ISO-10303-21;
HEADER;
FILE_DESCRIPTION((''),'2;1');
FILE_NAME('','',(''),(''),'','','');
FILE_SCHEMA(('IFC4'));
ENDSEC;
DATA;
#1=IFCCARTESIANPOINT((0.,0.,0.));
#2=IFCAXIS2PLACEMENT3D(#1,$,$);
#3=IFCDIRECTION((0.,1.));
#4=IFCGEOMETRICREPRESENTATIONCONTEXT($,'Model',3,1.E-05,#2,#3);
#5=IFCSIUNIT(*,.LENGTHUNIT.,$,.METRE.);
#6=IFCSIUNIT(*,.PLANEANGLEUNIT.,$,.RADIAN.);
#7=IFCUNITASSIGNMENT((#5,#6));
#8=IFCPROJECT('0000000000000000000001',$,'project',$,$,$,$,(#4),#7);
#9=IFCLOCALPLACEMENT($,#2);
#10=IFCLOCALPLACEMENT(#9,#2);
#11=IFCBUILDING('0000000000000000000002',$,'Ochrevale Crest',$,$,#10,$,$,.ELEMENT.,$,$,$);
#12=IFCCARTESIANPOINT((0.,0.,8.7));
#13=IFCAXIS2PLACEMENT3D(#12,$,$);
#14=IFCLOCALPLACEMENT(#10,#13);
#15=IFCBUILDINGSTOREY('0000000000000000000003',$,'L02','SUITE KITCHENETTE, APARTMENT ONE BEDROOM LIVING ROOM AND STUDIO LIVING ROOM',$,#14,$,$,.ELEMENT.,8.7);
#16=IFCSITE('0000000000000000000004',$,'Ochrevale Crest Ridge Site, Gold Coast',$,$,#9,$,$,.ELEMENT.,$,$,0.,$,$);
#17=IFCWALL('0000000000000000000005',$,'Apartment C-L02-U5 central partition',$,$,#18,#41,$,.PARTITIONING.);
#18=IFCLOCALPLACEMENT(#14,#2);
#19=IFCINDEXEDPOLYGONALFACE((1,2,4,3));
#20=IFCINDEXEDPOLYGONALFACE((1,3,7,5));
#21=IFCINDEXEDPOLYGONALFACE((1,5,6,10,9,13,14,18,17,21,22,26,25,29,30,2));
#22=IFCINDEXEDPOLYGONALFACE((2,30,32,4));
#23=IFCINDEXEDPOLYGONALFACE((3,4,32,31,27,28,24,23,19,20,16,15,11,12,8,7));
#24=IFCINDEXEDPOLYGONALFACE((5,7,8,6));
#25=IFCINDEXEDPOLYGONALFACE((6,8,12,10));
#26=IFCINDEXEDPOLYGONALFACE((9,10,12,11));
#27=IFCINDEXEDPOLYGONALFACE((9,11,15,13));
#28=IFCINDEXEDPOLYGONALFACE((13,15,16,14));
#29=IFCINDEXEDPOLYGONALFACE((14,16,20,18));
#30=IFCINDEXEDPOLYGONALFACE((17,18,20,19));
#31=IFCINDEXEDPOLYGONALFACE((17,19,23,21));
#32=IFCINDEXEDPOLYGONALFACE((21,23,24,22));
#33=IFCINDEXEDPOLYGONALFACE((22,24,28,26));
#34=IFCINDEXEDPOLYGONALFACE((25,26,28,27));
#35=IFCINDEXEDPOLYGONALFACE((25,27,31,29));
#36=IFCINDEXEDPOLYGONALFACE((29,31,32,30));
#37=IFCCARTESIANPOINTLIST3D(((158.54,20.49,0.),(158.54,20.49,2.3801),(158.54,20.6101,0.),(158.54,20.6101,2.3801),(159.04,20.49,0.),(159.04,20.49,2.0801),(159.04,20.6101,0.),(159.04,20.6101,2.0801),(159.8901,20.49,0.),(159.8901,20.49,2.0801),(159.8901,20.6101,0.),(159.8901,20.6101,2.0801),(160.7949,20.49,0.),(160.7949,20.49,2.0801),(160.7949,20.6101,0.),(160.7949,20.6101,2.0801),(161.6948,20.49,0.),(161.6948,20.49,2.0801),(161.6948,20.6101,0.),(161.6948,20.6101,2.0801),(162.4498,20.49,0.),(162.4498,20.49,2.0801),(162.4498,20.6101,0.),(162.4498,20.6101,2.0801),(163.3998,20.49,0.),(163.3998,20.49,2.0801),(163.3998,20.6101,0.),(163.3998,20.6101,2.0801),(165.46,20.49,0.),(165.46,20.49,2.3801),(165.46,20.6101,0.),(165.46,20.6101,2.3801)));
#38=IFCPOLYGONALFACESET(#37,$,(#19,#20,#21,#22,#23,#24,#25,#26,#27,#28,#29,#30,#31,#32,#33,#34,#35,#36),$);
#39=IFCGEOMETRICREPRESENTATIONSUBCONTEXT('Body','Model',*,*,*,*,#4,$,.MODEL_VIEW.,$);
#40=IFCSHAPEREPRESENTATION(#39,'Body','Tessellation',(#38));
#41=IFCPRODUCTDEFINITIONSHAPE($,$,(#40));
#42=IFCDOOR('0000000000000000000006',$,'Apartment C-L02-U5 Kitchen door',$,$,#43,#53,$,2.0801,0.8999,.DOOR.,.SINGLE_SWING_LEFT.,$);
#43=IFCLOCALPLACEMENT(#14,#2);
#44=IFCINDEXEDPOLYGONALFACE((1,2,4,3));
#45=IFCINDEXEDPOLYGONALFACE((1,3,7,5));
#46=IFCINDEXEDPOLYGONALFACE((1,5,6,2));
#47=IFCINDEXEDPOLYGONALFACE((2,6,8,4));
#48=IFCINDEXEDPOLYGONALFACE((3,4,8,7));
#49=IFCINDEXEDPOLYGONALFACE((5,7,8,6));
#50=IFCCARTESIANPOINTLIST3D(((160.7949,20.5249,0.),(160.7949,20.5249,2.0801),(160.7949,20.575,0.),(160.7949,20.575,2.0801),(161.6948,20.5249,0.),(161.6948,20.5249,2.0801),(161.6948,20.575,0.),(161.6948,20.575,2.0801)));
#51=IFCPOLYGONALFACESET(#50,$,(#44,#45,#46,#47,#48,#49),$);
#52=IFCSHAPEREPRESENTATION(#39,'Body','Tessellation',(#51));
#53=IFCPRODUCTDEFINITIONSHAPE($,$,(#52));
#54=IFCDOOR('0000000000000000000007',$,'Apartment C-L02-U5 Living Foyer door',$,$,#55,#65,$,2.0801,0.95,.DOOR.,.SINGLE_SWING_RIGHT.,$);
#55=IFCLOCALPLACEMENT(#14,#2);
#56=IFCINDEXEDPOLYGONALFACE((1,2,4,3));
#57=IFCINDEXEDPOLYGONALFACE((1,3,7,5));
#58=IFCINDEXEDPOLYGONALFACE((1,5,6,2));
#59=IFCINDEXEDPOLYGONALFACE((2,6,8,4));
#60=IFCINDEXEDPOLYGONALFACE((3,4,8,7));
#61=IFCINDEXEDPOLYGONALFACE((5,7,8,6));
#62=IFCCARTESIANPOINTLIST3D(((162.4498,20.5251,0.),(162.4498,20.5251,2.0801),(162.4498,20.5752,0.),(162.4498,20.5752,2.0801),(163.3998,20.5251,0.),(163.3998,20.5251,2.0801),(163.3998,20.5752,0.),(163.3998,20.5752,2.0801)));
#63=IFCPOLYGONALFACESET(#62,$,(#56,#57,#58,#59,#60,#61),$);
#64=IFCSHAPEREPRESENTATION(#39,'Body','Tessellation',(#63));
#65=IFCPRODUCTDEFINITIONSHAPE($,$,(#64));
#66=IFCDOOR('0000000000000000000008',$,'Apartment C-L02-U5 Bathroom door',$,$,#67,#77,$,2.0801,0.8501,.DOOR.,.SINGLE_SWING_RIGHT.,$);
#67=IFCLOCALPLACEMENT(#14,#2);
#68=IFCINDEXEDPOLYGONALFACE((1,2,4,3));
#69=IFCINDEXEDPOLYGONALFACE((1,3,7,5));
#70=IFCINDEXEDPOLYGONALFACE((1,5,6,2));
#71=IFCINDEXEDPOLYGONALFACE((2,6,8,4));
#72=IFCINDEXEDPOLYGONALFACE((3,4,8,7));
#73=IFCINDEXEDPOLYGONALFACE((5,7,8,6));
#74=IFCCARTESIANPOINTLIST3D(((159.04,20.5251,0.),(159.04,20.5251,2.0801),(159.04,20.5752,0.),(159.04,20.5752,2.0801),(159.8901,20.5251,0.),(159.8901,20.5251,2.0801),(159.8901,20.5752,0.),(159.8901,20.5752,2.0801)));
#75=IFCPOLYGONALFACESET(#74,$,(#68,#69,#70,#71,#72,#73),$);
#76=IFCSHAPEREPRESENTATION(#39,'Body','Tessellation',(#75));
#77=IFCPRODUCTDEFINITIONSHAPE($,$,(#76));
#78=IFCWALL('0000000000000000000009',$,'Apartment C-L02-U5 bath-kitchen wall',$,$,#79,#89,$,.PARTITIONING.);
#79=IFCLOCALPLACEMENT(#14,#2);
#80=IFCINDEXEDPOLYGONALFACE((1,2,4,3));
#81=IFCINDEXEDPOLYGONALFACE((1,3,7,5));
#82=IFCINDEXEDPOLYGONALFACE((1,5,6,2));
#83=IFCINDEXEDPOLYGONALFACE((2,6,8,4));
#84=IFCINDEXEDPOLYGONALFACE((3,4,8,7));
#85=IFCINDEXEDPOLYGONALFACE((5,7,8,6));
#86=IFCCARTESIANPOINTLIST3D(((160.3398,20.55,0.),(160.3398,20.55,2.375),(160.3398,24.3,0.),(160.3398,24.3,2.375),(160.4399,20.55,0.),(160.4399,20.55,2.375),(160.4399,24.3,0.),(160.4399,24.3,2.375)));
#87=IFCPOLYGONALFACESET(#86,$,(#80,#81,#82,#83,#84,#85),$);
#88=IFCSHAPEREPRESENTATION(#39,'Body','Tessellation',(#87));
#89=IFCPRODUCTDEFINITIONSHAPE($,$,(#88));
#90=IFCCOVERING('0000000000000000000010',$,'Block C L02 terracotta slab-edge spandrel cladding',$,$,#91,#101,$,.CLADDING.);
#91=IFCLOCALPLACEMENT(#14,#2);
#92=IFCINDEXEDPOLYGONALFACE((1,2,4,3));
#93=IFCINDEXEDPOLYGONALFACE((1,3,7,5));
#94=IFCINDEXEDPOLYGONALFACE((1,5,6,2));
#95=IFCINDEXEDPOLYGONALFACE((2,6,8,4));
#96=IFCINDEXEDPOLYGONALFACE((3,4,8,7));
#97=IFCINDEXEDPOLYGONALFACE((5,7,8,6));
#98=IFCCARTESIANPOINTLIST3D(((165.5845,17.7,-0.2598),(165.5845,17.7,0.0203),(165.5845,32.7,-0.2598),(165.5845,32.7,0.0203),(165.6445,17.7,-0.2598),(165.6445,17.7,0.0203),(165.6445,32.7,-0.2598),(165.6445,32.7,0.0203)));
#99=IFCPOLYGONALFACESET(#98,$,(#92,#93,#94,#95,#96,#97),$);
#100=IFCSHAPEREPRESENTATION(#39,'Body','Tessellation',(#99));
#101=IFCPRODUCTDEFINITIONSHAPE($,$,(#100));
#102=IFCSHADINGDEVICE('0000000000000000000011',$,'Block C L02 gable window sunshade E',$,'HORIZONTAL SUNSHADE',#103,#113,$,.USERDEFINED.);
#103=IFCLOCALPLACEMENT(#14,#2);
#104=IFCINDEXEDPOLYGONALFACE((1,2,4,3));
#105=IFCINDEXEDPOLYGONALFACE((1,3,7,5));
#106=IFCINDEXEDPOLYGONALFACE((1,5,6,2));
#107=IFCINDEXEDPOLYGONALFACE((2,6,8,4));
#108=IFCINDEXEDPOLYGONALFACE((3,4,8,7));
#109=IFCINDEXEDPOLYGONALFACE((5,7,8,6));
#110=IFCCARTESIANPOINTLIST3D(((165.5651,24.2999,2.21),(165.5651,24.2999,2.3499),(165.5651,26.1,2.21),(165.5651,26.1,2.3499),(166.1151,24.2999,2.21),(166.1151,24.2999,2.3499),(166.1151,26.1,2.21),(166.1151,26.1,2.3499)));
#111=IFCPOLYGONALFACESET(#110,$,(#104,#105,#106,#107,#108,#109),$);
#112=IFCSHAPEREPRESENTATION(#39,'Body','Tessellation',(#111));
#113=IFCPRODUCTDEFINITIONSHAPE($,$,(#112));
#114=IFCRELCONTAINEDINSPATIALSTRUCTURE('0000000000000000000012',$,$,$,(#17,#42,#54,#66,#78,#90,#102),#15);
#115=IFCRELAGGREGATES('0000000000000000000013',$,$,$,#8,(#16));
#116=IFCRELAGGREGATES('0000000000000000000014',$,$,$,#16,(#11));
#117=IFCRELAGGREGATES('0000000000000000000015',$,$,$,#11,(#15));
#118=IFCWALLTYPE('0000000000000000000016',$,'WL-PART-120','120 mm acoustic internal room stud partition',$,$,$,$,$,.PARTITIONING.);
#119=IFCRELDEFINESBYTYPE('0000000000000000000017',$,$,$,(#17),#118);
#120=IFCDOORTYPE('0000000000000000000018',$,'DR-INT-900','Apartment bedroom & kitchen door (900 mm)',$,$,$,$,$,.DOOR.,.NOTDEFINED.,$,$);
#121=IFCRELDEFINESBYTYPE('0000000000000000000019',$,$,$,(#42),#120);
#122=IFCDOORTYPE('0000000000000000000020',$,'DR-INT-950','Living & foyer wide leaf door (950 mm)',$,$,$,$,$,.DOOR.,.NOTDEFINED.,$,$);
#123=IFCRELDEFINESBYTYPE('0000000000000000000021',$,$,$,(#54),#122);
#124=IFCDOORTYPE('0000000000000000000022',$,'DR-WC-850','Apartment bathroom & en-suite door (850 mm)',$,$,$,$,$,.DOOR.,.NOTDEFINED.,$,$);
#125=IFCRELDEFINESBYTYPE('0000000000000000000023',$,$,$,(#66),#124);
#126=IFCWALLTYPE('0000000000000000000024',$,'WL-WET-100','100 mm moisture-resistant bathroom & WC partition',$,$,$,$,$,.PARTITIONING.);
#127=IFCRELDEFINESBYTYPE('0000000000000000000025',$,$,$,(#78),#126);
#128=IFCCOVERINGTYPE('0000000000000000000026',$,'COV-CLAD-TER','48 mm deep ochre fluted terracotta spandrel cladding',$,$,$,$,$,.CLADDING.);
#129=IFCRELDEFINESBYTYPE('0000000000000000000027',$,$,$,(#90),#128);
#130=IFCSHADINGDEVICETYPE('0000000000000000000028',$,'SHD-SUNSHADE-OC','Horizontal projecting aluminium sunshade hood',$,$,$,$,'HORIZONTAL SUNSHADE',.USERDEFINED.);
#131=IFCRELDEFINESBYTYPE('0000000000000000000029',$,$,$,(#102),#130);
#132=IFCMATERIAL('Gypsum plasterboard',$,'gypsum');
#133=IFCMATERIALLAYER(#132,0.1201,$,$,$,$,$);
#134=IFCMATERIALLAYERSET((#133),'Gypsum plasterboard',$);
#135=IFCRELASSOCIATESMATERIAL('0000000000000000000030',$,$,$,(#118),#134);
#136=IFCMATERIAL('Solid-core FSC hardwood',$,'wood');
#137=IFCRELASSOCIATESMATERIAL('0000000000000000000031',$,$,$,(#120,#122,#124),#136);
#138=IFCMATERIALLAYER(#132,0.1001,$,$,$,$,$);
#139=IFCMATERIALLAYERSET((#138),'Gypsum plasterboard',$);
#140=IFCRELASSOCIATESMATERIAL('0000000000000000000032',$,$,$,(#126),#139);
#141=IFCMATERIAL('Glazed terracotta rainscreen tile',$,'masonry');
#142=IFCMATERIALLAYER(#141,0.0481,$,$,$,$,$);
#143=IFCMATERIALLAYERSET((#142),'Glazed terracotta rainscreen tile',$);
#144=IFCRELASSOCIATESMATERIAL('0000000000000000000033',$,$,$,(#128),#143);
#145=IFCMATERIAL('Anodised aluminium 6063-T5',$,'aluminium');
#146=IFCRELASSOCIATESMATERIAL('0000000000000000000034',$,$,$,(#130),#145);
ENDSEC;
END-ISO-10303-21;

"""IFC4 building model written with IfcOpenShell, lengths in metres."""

from ifc_helpers import new_model, si_unit, direction, frame, frame_2d, origin, origin_2d, place, context, subcontext, project, spatial, rectangle, extrude, material, layer, layer_set, type_object, element, fill, save


model = new_model("IFC4")

# Units and contexts
model_context = context("Model", 3, precision=1e-05, world=origin(), true_north=direction((0.0, 1.0)))
body_context = subcontext(model_context, "Body", "Model", "MODEL_VIEW")
ifc_project = project(units=[si_unit("LENGTHUNIT", "METRE"), si_unit("PLANEANGLEUNIT", "RADIAN")], contexts=[model_context])

# Site, building, storey
site_placement = place(None, origin())
site = spatial("IfcSite", under=ifc_project, at=site_placement, Name="Ochrevale Crest Ridge Site, Gold Coast", CompositionType="ELEMENT", RefElevation=0.0)
building_placement = place(site_placement, origin())
building = spatial("IfcBuilding", under=site, at=building_placement, Name="Ochrevale Crest", CompositionType="ELEMENT")
storey_placement = place(building_placement, frame((0.0, 0.0, 8.7)))
storey = spatial("IfcBuildingStorey", under=building, at=storey_placement, Name="L02", Description="SUITE KITCHENETTE, APARTMENT ONE BEDROOM LIVING ROOM AND STUDIO LIVING ROOM", CompositionType="ELEMENT", Elevation=8.7)

# Shared definitions
ifc_material_1 = material(Name="Anodised aluminium 6063-T5", Category="aluminium")

# Shared definitions
ifc_material_2 = material(Name="Gypsum plasterboard", Category="gypsum")
ifc_material_3 = material(Name="Solid-core FSC hardwood", Category="wood")

# Shared definitions
ifc_layer_1 = layer(ifc_material_2, 0.1201)
ifc_layer_set_1 = layer_set([ifc_layer_1], Name="Gypsum plasterboard")
wall_type_1 = type_object("IfcWallType", Name="WL-PART-120", Description="120 mm acoustic internal room stud partition", PredefinedType="PARTITIONING", material=ifc_layer_set_1)

# Wall, openings, doors
wall_1_placement = place(storey_placement, frame((158.54, 20.55, 0.0), z_axis=(0.0, 0.0, 1.0), x_axis=(1.0, 0.0, 0.0)))
wall_1 = element("IfcWall", 1, at=wall_1_placement, inside=storey, type_object=wall_type_1, Name="Apartment C-L02-U5 central partition", PredefinedType="PARTITIONING", context=body_context, shape_type="SweptSolid", body=[
    extrude(rectangle(XDim=6.9199, YDim=0.1201, at=frame_2d((3.46, 0.0))), origin(), (0.0, 0.0, 1.0), 2.3801),
])
opening_1_placement = place(wall_1_placement, frame((1.3501, 0.0, 0.0), z_axis=(0.0, 0.0, 1.0), x_axis=(-1.0, 0.0, 0.0)))
opening_1 = element("IfcOpeningElement", 2, at=opening_1_placement, cuts=wall_1, PredefinedType="OPENING", context=body_context, shape_type="SweptSolid", body=[
    extrude(rectangle(XDim=0.8501, YDim=2.0801, at=frame_2d((0.425, 1.04))), frame((0.0, 0.0701, 0.0), z_axis=(0.0, -1.0, 0.0), x_axis=(1.0, 0.0, 0.0)), (0.0, 0.0, 1.0), 0.1401),
])
opening_2_placement = place(wall_1_placement, frame((2.2549, 0.0, 0.0)))
opening_2 = element("IfcOpeningElement", 3, at=opening_2_placement, cuts=wall_1, PredefinedType="OPENING", context=body_context, shape_type="SweptSolid", body=[
    extrude(rectangle(XDim=0.8999, YDim=2.0801, at=frame_2d((0.45, 1.04))), frame((0.0, 0.0701, 0.0), z_axis=(0.0, -1.0, 0.0), x_axis=(1.0, 0.0, 0.0)), (0.0, 0.0, 1.0), 0.1401),
])
opening_3_placement = place(wall_1_placement, frame((4.8599, 0.0, 0.0), z_axis=(0.0, 0.0, 1.0), x_axis=(-1.0, 0.0, 0.0)))
opening_3 = element("IfcOpeningElement", 4, at=opening_3_placement, cuts=wall_1, PredefinedType="OPENING", context=body_context, shape_type="SweptSolid", body=[
    extrude(rectangle(XDim=0.95, YDim=2.0801, at=frame_2d((0.4751, 1.04))), frame((0.0, 0.0701, 0.0), z_axis=(0.0, -1.0, 0.0), x_axis=(1.0, 0.0, 0.0)), (0.0, 0.0, 1.0), 0.1401),
])
door_type_1 = type_object("IfcDoorType", Name="DR-INT-900", Description="Apartment bedroom & kitchen door (900 mm)", OperationType="NOTDEFINED", PredefinedType="DOOR", material=ifc_material_3)
door_1_placement = place(opening_2_placement, origin())
door_1 = element("IfcDoor", 5, at=door_1_placement, inside=storey, type_object=door_type_1, Name="Apartment C-L02-U5 Kitchen door", OperationType="SINGLE_SWING_LEFT", OverallHeight=2.0801, OverallWidth=0.8999, PredefinedType="DOOR", context=body_context, shape_type="SweptSolid", body=[
    extrude(rectangle(XDim=0.8999, YDim=2.0801, at=frame_2d((0.45, 1.04))), frame((0.0, 0.0249, 0.0), z_axis=(0.0, -1.0, 0.0), x_axis=(1.0, 0.0, 0.0)), (0.0, 0.0, 1.0), 0.05),
])
fill(opening_2, door_1)
door_type_2 = type_object("IfcDoorType", Name="DR-INT-950", Description="Living & foyer wide leaf door (950 mm)", OperationType="NOTDEFINED", PredefinedType="DOOR", material=ifc_material_3)
door_2_placement = place(opening_3_placement, origin())
door_2 = element("IfcDoor", 6, at=door_2_placement, inside=storey, type_object=door_type_2, Name="Apartment C-L02-U5 Living Foyer door", OperationType="SINGLE_SWING_RIGHT", OverallHeight=2.0801, OverallWidth=0.95, PredefinedType="DOOR", context=body_context, shape_type="SweptSolid", body=[
    extrude(rectangle(XDim=0.95, YDim=2.0801, at=frame_2d((0.4751, 1.04))), frame((0.0, 0.0249, 0.0), z_axis=(0.0, -1.0, 0.0), x_axis=(1.0, 0.0, 0.0)), (0.0, 0.0, 1.0), 0.05),
])
fill(opening_3, door_2)
door_type_3 = type_object("IfcDoorType", Name="DR-WC-850", Description="Apartment bathroom & en-suite door (850 mm)", OperationType="NOTDEFINED", PredefinedType="DOOR", material=ifc_material_3)
door_3_placement = place(opening_1_placement, origin())
door_3 = element("IfcDoor", 7, at=door_3_placement, inside=storey, type_object=door_type_3, Name="Apartment C-L02-U5 Bathroom door", OperationType="SINGLE_SWING_RIGHT", OverallHeight=2.0801, OverallWidth=0.8501, PredefinedType="DOOR", context=body_context, shape_type="SweptSolid", body=[
    extrude(rectangle(XDim=0.8501, YDim=2.0801, at=frame_2d((0.425, 1.04))), frame((0.0, 0.0249, 0.0), z_axis=(0.0, -1.0, 0.0), x_axis=(1.0, 0.0, 0.0)), (0.0, 0.0, 1.0), 0.05),
])
fill(opening_1, door_3)

# Wall
ifc_layer_2 = layer(ifc_material_2, 0.1001)
ifc_layer_set_2 = layer_set([ifc_layer_2], Name="Gypsum plasterboard")
wall_type_2 = type_object("IfcWallType", Name="WL-WET-100", Description="100 mm moisture-resistant bathroom & WC partition", PredefinedType="PARTITIONING", material=ifc_layer_set_2)
wall_2_placement = place(storey_placement, frame((160.3899, 20.55, 0.0), z_axis=(0.0, 0.0, 1.0), x_axis=(0.0, 1.0, 0.0)))
element("IfcWall", 8, at=wall_2_placement, inside=storey, type_object=wall_type_2, Name="Apartment C-L02-U5 bath-kitchen wall", PredefinedType="PARTITIONING", context=body_context, shape_type="SweptSolid", body=[
    extrude(rectangle(XDim=3.75, YDim=0.1001, at=frame_2d((1.875, 0.0))), origin(), (0.0, 0.0, 1.0), 2.375),
])

# Covering
ifc_material_4 = material(Name="Glazed terracotta rainscreen tile", Category="masonry")
ifc_layer_3 = layer(ifc_material_4, 0.0481)
ifc_layer_set_3 = layer_set([ifc_layer_3], Name="Glazed terracotta rainscreen tile")
covering_type = type_object("IfcCoveringType", Name="COV-CLAD-TER", Description="48 mm deep ochre fluted terracotta spandrel cladding", PredefinedType="CLADDING", material=ifc_layer_set_3)
covering_placement = place(storey_placement, frame((165.6145, 25.2, -0.2598), z_axis=(0.0, 0.0, 1.0), x_axis=(0.0, 1.0, 0.0)))
element("IfcCovering", 9, at=covering_placement, inside=storey, type_object=covering_type, Name="Block C L02 terracotta slab-edge spandrel cladding", PredefinedType="CLADDING", context=body_context, shape_type="SweptSolid", body=[
    extrude(rectangle(XDim=15.0, YDim=0.0601, at=origin_2d()), origin(), (0.0, 0.0, 1.0), 0.28),
])

# Shading device
shading_device_type = type_object("IfcShadingDeviceType", Name="SHD-SUNSHADE-OC", Description="Horizontal projecting aluminium sunshade hood", ElementType="HORIZONTAL SUNSHADE", PredefinedType="USERDEFINED", material=ifc_material_1)
shading_device_placement = place(storey_placement, frame((165.8401, 25.2, 2.21), z_axis=(0.0, 0.0, 1.0), x_axis=(1.0, 0.0, 0.0)))
element("IfcShadingDevice", 10, at=shading_device_placement, inside=storey, type_object=shading_device_type, Name="Block C L02 gable window sunshade E", ObjectType="HORIZONTAL SUNSHADE", PredefinedType="USERDEFINED", context=body_context, shape_type="SweptSolid", body=[
    extrude(rectangle(XDim=0.55, YDim=1.8, at=origin_2d()), origin(), (0.0, 0.0, 1.0), 0.1399),
])

save(model, "model.ifc")
